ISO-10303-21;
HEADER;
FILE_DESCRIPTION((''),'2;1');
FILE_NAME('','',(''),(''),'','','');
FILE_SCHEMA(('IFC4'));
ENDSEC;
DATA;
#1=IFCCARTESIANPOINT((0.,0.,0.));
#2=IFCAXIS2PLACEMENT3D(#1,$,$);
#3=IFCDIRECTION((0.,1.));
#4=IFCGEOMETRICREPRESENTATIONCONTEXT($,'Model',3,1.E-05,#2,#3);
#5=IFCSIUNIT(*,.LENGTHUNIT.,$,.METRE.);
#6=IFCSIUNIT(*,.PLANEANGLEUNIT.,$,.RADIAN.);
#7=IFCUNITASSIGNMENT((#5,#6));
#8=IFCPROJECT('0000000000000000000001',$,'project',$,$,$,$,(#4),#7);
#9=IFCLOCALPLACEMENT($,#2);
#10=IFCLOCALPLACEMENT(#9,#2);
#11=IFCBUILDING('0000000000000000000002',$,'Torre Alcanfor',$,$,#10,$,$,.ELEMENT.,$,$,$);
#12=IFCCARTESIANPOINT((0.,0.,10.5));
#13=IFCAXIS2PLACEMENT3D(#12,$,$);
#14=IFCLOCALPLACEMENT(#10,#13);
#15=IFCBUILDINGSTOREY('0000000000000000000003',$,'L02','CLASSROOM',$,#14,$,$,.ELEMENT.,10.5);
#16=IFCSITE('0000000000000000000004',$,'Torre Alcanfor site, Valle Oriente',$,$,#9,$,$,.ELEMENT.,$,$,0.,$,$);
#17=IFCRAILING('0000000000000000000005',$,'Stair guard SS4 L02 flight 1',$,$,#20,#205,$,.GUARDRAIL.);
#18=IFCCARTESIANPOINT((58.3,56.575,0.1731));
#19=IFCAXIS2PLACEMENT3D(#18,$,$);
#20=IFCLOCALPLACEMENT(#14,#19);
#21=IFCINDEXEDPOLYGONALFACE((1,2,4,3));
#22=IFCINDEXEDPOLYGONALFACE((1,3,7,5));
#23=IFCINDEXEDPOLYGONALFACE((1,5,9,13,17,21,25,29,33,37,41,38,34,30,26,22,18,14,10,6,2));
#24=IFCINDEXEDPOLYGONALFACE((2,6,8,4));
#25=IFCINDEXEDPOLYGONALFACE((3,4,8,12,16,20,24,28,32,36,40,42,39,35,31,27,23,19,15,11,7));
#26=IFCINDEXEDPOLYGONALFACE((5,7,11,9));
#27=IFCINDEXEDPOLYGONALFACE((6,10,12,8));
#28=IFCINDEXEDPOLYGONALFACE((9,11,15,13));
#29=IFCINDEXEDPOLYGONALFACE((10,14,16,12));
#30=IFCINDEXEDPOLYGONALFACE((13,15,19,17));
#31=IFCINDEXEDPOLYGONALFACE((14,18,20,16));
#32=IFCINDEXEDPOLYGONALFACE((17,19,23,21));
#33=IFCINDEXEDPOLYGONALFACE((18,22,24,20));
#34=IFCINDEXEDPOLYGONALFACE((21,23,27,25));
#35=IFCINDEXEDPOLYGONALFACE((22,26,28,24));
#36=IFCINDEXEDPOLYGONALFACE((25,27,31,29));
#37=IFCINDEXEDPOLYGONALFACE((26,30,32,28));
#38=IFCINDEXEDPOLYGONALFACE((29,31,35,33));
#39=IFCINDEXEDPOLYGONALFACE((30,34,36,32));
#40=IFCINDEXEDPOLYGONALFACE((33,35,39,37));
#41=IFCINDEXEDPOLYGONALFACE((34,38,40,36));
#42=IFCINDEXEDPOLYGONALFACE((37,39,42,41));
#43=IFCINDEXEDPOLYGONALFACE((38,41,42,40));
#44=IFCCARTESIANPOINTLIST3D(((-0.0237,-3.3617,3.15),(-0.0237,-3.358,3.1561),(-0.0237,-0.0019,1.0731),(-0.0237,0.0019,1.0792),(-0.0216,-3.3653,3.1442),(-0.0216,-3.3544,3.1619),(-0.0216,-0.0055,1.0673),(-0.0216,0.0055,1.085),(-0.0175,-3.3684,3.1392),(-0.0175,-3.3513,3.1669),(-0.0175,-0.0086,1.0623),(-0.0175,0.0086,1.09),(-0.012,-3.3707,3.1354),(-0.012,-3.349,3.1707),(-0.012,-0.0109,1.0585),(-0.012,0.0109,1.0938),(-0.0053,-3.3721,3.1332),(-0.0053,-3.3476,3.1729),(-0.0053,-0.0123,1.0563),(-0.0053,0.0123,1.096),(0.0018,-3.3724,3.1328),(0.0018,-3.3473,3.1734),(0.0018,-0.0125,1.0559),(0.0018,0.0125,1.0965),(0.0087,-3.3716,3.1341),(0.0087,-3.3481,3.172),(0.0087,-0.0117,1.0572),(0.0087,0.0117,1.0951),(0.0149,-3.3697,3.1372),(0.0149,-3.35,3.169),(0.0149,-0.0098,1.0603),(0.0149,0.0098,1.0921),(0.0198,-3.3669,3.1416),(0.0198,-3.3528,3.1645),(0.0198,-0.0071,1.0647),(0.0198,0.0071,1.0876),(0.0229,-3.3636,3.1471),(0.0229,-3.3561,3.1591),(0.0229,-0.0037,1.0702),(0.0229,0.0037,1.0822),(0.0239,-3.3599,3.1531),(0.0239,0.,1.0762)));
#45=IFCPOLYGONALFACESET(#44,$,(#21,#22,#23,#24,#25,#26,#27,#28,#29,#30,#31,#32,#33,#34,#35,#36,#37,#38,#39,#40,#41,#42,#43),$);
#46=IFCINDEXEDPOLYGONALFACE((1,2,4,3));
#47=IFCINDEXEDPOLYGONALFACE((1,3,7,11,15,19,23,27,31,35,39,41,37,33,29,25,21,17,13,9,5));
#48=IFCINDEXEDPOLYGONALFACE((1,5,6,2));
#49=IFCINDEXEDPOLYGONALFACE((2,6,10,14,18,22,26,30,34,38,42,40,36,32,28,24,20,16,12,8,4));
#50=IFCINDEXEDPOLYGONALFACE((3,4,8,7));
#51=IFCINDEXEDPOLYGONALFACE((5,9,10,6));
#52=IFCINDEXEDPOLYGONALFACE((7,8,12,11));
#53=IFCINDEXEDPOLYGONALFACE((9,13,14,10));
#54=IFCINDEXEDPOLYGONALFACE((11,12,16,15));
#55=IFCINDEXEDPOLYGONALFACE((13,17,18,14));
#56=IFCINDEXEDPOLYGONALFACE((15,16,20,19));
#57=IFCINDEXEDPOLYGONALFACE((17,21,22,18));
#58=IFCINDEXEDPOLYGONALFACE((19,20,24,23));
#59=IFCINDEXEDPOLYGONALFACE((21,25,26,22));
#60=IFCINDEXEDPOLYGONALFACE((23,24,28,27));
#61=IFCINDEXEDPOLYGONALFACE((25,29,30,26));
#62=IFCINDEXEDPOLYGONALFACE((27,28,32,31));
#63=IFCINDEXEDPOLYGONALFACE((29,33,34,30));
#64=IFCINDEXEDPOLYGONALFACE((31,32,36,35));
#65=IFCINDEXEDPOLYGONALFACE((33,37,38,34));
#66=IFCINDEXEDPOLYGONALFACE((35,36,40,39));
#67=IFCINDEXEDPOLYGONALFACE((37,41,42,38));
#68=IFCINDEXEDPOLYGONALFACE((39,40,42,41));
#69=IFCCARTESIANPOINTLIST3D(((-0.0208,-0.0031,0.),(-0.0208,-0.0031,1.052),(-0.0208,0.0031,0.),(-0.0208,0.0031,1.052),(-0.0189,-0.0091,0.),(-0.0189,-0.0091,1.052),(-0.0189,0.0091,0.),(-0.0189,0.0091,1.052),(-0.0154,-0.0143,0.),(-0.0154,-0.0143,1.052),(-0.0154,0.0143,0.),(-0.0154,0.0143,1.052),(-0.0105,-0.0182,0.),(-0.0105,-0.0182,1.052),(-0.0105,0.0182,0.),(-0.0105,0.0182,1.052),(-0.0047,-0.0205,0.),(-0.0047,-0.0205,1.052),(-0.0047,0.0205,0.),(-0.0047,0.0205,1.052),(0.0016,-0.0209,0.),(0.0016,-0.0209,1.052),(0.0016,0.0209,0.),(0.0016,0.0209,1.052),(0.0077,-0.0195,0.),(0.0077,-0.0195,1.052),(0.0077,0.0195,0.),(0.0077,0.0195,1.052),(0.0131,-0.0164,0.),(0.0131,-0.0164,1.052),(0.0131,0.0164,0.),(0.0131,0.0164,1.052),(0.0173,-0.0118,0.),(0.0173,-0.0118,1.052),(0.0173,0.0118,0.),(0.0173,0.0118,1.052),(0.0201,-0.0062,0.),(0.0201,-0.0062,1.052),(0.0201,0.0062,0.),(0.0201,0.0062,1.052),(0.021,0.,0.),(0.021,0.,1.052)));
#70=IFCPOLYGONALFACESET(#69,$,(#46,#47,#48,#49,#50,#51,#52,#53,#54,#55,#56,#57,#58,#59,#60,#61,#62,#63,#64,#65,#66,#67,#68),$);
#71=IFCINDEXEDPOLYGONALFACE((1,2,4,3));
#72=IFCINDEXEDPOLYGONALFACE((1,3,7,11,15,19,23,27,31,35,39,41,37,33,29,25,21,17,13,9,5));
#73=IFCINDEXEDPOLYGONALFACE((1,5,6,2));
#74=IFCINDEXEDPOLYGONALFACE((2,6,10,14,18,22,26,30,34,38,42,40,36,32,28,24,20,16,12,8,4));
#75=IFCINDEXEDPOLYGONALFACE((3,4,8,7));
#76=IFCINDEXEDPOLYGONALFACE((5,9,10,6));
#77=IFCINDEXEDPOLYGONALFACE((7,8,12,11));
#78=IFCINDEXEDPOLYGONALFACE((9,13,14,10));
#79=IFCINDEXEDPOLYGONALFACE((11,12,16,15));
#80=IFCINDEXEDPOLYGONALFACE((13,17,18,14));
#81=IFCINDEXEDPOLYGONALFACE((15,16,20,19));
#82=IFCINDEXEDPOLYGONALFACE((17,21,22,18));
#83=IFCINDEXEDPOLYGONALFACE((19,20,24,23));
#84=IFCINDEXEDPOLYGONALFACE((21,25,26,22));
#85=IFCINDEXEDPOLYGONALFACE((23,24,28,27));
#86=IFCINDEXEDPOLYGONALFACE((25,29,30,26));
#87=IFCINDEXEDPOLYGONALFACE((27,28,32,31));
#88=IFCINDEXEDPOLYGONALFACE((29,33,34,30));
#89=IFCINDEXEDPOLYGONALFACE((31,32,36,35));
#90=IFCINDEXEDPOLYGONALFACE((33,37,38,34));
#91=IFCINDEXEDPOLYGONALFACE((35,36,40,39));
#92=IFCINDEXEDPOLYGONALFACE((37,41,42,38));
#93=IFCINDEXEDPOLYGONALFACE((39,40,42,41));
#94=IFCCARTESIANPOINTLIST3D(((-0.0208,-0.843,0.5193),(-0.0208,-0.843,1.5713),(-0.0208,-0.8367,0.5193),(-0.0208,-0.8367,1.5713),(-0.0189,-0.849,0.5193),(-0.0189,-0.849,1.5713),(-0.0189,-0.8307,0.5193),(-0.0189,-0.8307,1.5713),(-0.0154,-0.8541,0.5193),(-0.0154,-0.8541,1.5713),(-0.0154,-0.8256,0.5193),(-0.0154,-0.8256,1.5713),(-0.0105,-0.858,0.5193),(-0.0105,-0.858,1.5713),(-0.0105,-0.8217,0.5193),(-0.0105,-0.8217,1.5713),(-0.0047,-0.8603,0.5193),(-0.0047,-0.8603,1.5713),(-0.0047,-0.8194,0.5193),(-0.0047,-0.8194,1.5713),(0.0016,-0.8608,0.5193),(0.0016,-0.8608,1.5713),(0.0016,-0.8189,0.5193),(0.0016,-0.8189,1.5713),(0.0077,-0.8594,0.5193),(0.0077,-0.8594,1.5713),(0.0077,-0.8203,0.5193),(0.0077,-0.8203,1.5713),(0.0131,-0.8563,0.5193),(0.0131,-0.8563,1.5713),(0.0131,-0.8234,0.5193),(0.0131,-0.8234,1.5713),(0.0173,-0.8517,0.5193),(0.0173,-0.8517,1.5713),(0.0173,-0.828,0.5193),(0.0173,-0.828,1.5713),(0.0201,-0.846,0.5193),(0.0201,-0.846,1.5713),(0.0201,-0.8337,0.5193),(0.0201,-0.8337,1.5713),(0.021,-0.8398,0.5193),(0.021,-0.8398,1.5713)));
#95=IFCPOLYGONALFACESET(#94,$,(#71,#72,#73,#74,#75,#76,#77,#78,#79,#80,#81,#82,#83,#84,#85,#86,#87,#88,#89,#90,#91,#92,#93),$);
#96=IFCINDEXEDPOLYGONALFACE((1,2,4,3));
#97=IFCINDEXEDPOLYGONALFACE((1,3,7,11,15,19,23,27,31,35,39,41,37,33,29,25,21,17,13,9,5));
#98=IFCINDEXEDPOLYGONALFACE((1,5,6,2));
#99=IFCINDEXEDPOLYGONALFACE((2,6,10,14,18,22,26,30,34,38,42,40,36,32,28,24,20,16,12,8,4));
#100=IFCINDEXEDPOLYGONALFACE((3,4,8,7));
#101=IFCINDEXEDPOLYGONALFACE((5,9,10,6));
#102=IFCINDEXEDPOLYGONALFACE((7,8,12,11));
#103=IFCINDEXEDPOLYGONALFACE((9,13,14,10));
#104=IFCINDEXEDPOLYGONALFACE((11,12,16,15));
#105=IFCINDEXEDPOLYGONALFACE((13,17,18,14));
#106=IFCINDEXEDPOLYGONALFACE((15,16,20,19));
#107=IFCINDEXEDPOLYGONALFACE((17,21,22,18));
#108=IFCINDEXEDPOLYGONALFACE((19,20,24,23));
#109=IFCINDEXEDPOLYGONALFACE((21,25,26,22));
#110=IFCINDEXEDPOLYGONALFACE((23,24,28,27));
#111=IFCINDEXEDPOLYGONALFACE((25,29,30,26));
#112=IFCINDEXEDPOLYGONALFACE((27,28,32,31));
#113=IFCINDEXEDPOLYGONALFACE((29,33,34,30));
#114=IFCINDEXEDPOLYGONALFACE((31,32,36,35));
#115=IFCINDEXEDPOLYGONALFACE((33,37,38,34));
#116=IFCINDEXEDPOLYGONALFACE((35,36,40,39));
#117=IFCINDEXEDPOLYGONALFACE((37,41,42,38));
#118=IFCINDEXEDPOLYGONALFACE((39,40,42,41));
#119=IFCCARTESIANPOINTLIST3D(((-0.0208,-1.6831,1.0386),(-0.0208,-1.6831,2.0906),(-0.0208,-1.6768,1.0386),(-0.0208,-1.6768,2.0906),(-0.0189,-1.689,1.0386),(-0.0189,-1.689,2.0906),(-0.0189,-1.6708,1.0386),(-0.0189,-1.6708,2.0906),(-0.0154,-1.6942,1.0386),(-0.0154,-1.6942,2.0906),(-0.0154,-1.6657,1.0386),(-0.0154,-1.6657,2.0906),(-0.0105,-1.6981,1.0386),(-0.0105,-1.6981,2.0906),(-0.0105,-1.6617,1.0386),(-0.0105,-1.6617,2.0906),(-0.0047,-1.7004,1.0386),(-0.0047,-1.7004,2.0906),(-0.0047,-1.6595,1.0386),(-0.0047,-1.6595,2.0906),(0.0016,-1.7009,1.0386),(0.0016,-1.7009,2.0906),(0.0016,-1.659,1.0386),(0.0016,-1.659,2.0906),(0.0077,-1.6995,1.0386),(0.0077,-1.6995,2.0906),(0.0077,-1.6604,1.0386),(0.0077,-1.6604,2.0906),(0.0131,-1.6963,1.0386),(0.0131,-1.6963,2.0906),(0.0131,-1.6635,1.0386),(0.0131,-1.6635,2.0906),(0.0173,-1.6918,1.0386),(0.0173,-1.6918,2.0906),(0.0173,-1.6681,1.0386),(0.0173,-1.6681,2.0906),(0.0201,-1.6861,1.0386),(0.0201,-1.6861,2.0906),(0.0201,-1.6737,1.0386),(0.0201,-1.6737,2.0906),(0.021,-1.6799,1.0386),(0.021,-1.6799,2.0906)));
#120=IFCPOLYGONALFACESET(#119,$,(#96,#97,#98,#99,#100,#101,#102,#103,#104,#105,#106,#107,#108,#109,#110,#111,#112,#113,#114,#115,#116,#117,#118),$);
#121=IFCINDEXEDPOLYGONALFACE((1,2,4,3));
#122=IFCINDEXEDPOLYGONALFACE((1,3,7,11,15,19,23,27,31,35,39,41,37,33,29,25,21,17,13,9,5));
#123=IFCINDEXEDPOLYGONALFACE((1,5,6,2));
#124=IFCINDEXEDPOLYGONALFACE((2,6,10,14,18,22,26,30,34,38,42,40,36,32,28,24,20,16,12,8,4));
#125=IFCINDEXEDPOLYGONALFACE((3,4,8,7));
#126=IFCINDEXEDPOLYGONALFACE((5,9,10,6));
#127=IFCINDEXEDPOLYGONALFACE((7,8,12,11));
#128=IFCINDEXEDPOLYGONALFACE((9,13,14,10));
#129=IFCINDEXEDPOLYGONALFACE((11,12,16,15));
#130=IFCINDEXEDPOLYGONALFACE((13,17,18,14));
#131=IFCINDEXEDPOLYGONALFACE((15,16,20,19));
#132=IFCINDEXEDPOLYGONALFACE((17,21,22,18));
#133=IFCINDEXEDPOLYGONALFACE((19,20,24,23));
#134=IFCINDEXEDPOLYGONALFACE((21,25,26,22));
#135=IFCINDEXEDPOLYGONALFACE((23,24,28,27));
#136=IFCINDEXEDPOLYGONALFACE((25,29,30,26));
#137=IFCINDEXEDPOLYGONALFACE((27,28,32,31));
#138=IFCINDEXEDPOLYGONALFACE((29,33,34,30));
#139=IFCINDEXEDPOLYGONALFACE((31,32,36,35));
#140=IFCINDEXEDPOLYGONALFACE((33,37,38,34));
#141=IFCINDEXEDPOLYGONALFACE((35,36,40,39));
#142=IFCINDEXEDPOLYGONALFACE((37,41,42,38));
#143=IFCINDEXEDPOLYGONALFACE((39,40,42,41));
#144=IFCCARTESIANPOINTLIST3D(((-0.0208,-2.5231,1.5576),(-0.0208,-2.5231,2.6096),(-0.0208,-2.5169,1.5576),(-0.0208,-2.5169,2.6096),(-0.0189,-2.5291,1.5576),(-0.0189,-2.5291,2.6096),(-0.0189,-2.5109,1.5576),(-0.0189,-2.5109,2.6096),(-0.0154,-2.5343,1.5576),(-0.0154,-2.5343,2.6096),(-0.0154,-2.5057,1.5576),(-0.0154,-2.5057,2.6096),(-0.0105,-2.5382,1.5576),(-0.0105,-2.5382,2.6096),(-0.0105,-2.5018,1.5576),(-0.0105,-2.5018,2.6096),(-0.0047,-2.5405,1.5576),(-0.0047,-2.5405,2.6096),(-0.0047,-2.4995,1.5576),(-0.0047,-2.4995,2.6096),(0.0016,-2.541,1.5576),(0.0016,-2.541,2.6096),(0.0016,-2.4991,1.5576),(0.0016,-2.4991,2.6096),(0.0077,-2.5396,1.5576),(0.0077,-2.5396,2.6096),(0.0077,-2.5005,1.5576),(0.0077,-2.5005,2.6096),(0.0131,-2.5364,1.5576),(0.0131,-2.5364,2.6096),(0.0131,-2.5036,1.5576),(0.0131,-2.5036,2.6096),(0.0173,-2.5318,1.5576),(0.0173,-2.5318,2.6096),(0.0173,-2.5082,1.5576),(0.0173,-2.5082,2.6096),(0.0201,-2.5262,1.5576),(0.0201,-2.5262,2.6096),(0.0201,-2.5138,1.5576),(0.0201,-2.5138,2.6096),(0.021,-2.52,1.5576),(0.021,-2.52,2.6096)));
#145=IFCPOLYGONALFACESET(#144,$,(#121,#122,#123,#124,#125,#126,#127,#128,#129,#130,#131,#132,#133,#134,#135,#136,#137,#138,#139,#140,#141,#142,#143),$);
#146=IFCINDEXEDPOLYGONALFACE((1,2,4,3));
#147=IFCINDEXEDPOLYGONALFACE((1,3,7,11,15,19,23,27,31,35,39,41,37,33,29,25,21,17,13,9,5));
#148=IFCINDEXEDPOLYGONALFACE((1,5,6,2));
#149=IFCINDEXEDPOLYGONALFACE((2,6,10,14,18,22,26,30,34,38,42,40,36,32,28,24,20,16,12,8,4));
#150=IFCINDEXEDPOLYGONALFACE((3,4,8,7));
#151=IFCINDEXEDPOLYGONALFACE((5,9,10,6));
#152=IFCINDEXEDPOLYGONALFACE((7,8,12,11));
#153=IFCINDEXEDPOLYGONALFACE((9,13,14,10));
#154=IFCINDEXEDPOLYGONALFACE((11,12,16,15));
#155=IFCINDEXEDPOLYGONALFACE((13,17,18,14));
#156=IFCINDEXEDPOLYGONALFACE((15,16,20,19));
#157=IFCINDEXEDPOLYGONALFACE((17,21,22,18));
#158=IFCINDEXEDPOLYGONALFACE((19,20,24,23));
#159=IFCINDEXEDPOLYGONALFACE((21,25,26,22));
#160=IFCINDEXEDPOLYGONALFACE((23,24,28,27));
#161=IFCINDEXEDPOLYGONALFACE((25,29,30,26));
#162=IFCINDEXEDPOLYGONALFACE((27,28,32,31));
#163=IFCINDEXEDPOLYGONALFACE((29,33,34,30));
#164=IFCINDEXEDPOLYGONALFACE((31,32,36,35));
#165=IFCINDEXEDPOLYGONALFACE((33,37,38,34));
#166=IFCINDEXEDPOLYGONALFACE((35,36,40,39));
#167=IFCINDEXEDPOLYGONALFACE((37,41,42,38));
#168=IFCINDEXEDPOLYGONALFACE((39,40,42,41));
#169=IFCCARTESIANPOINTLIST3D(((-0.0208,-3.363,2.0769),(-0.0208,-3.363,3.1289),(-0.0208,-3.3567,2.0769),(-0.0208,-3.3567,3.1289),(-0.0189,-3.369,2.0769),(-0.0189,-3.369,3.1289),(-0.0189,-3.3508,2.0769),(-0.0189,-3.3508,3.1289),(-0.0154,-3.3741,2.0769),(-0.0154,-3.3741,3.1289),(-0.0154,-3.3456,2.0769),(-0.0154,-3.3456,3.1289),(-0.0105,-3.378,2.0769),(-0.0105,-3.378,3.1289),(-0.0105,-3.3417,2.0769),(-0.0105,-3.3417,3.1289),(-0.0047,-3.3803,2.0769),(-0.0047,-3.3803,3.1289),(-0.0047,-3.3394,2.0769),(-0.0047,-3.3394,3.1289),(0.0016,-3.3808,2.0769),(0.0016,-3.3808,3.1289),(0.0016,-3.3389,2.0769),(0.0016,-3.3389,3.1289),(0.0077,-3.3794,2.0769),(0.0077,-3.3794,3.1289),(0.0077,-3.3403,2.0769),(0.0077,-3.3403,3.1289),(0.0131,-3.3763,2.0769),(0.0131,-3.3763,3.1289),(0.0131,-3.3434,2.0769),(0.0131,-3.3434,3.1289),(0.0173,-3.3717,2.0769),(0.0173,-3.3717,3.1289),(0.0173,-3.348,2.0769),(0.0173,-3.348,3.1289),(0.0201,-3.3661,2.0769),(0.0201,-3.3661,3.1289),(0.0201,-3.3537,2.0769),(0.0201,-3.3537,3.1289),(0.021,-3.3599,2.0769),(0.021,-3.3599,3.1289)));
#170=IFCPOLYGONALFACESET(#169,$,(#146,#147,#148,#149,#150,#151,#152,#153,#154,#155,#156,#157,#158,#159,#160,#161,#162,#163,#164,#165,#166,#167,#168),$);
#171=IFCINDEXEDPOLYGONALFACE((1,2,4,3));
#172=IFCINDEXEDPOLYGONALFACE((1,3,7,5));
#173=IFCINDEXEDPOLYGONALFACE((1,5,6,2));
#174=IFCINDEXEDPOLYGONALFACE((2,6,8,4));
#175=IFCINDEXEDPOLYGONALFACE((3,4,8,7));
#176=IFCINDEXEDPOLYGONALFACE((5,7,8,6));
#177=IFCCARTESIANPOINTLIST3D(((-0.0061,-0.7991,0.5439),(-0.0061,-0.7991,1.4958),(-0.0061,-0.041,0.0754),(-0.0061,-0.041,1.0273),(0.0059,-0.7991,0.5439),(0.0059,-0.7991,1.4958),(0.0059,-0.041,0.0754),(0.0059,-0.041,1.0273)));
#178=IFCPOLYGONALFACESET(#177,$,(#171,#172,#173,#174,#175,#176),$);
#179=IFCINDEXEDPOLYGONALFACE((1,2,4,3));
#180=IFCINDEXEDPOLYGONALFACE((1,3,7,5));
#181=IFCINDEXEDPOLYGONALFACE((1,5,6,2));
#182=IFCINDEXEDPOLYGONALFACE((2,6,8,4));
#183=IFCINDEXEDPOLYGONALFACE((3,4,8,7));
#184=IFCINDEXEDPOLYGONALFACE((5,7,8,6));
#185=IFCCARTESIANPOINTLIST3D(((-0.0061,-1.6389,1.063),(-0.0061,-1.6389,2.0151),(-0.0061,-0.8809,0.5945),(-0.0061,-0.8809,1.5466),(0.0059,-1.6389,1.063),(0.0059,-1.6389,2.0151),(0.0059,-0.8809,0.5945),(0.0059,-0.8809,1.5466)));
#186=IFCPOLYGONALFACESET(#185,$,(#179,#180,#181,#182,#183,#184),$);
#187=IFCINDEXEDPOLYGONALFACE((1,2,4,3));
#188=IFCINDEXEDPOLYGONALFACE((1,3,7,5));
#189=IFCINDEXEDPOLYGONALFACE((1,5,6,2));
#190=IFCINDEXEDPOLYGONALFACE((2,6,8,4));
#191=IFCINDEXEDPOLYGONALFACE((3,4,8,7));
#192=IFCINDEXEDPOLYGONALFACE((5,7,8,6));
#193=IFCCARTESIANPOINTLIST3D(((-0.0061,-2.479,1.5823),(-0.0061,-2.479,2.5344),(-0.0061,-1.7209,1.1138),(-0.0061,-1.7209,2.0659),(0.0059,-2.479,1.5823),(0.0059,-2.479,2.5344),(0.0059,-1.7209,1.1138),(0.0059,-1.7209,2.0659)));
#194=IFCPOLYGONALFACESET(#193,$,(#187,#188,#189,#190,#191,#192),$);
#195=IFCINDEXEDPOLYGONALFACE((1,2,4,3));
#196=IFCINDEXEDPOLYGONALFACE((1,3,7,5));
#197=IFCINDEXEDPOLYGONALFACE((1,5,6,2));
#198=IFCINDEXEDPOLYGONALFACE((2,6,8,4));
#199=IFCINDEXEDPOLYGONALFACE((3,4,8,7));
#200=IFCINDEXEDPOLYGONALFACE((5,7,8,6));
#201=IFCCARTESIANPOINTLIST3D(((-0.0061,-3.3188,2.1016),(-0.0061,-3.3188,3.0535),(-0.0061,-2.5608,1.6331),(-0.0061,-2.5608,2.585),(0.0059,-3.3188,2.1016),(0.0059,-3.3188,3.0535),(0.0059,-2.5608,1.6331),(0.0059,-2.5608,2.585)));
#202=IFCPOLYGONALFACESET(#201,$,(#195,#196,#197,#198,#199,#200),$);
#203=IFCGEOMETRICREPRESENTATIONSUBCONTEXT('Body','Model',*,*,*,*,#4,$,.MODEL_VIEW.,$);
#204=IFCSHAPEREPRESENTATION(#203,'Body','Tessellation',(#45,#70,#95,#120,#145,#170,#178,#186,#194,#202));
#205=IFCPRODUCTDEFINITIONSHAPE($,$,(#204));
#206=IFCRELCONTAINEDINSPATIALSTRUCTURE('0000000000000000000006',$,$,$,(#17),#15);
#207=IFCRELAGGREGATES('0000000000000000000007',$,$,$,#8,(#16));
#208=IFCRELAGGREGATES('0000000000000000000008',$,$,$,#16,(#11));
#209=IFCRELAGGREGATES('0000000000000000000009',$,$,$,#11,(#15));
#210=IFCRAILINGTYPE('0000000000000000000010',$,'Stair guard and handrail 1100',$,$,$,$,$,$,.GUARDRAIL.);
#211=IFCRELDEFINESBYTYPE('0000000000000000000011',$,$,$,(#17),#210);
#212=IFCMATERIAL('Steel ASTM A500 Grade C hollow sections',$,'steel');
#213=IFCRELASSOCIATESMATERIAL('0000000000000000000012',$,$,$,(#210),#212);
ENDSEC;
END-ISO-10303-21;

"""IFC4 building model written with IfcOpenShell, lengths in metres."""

from ifc_helpers import new_model, si_unit, direction, frame, origin, origin_2d, place, context, subcontext, project, spatial, polyline, circle, outline, extrude, material, type_object, element, save


model = new_model("IFC4")

# Units and contexts
model_context = context("Model", 3, precision=1e-05, world=origin(), true_north=direction((0.0, 1.0)))
body_context = subcontext(model_context, "Body", "Model", "MODEL_VIEW")
ifc_project = project(units=[si_unit("LENGTHUNIT", "METRE"), si_unit("PLANEANGLEUNIT", "RADIAN")], contexts=[model_context])

# Site, building, storey
site_placement = place(None, origin())
site = spatial("IfcSite", under=ifc_project, at=site_placement, Name="Torre Alcanfor site, Valle Oriente", CompositionType="ELEMENT", RefElevation=0.0)
building_placement = place(site_placement, origin())
building = spatial("IfcBuilding", under=site, at=building_placement, Name="Torre Alcanfor", CompositionType="ELEMENT")
storey_placement = place(building_placement, frame((0.0, 0.0, 10.5)))
storey = spatial("IfcBuildingStorey", under=building, at=storey_placement, Name="L02", Description="CLASSROOM", CompositionType="ELEMENT", Elevation=10.5)

# Railing
ifc_material_1 = material(Name="Steel ASTM A500 Grade C hollow sections", Category="steel")
railing_type_1 = type_object("IfcRailingType", Name="Stair guard and handrail 1100", PredefinedType="GUARDRAIL", material=ifc_material_1)
railing_1_placement = place(storey_placement, frame((58.3, 56.575, 0.1731)))
element("IfcRailing", 1, at=railing_1_placement, inside=storey, type_object=railing_type_1, Name="Stair guard SS4 L02 flight 1", PredefinedType="GUARDRAIL", context=body_context, shape_type="SweptSolid", body=[
    extrude(circle(Radius=0.0239, at=origin_2d()), frame((0.0, 0.0, 1.0762), z_axis=(0.0, -0.850606, 0.525803), x_axis=(1.0, 0.0, 0.0)), (0.0, 0.0, 1.0), 3.95),
    extrude(circle(Radius=0.021, at=origin_2d()), origin(), (0.0, 0.0, 1.0), 1.052),
    extrude(circle(Radius=0.021, at=origin_2d()), frame((0.0, -0.8398, 0.5193)), (0.0, 0.0, 1.0), 1.052),
    extrude(circle(Radius=0.021, at=origin_2d()), frame((0.0, -1.6799, 1.0386)), (0.0, 0.0, 1.0), 1.052),
    extrude(circle(Radius=0.021, at=origin_2d()), frame((0.0, -2.52, 1.5576)), (0.0, 0.0, 1.0), 1.052),
    extrude(circle(Radius=0.021, at=origin_2d()), frame((0.0, -3.3599, 2.0769)), (0.0, 0.0, 1.0), 1.052),
    extrude(outline(polyline([(0.041, 0.0754), (0.7991, 0.5439), (0.7991, 1.4958), (0.041, 1.0273), (0.041, 0.0754)])), frame((0.0059, 0.0, 0.0), z_axis=(-1.0, 0.0, 0.0), x_axis=(0.0, -1.0, 0.0)), (0.0, 0.0, 1.0), 0.012),
    extrude(outline(polyline([(0.8809, 0.5945), (1.6389, 1.063), (1.6389, 2.0151), (0.8809, 1.5466), (0.8809, 0.5945)])), frame((0.0059, 0.0, 0.0), z_axis=(-1.0, 0.0, 0.0), x_axis=(0.0, -1.0, 0.0)), (0.0, 0.0, 1.0), 0.012),
    extrude(outline(polyline([(1.7209, 1.1138), (2.479, 1.5823), (2.479, 2.5344), (1.7209, 2.0659), (1.7209, 1.1138)])), frame((0.0059, 0.0, 0.0), z_axis=(-1.0, 0.0, 0.0), x_axis=(0.0, -1.0, 0.0)), (0.0, 0.0, 1.0), 0.012),
    extrude(outline(polyline([(2.5608, 1.6331), (3.3188, 2.1016), (3.3188, 3.0535), (2.5608, 2.585), (2.5608, 1.6331)])), frame((0.0059, 0.0, 0.0), z_axis=(-1.0, 0.0, 0.0), x_axis=(0.0, -1.0, 0.0)), (0.0, 0.0, 1.0), 0.012),
])

save(model, "model.ifc")
